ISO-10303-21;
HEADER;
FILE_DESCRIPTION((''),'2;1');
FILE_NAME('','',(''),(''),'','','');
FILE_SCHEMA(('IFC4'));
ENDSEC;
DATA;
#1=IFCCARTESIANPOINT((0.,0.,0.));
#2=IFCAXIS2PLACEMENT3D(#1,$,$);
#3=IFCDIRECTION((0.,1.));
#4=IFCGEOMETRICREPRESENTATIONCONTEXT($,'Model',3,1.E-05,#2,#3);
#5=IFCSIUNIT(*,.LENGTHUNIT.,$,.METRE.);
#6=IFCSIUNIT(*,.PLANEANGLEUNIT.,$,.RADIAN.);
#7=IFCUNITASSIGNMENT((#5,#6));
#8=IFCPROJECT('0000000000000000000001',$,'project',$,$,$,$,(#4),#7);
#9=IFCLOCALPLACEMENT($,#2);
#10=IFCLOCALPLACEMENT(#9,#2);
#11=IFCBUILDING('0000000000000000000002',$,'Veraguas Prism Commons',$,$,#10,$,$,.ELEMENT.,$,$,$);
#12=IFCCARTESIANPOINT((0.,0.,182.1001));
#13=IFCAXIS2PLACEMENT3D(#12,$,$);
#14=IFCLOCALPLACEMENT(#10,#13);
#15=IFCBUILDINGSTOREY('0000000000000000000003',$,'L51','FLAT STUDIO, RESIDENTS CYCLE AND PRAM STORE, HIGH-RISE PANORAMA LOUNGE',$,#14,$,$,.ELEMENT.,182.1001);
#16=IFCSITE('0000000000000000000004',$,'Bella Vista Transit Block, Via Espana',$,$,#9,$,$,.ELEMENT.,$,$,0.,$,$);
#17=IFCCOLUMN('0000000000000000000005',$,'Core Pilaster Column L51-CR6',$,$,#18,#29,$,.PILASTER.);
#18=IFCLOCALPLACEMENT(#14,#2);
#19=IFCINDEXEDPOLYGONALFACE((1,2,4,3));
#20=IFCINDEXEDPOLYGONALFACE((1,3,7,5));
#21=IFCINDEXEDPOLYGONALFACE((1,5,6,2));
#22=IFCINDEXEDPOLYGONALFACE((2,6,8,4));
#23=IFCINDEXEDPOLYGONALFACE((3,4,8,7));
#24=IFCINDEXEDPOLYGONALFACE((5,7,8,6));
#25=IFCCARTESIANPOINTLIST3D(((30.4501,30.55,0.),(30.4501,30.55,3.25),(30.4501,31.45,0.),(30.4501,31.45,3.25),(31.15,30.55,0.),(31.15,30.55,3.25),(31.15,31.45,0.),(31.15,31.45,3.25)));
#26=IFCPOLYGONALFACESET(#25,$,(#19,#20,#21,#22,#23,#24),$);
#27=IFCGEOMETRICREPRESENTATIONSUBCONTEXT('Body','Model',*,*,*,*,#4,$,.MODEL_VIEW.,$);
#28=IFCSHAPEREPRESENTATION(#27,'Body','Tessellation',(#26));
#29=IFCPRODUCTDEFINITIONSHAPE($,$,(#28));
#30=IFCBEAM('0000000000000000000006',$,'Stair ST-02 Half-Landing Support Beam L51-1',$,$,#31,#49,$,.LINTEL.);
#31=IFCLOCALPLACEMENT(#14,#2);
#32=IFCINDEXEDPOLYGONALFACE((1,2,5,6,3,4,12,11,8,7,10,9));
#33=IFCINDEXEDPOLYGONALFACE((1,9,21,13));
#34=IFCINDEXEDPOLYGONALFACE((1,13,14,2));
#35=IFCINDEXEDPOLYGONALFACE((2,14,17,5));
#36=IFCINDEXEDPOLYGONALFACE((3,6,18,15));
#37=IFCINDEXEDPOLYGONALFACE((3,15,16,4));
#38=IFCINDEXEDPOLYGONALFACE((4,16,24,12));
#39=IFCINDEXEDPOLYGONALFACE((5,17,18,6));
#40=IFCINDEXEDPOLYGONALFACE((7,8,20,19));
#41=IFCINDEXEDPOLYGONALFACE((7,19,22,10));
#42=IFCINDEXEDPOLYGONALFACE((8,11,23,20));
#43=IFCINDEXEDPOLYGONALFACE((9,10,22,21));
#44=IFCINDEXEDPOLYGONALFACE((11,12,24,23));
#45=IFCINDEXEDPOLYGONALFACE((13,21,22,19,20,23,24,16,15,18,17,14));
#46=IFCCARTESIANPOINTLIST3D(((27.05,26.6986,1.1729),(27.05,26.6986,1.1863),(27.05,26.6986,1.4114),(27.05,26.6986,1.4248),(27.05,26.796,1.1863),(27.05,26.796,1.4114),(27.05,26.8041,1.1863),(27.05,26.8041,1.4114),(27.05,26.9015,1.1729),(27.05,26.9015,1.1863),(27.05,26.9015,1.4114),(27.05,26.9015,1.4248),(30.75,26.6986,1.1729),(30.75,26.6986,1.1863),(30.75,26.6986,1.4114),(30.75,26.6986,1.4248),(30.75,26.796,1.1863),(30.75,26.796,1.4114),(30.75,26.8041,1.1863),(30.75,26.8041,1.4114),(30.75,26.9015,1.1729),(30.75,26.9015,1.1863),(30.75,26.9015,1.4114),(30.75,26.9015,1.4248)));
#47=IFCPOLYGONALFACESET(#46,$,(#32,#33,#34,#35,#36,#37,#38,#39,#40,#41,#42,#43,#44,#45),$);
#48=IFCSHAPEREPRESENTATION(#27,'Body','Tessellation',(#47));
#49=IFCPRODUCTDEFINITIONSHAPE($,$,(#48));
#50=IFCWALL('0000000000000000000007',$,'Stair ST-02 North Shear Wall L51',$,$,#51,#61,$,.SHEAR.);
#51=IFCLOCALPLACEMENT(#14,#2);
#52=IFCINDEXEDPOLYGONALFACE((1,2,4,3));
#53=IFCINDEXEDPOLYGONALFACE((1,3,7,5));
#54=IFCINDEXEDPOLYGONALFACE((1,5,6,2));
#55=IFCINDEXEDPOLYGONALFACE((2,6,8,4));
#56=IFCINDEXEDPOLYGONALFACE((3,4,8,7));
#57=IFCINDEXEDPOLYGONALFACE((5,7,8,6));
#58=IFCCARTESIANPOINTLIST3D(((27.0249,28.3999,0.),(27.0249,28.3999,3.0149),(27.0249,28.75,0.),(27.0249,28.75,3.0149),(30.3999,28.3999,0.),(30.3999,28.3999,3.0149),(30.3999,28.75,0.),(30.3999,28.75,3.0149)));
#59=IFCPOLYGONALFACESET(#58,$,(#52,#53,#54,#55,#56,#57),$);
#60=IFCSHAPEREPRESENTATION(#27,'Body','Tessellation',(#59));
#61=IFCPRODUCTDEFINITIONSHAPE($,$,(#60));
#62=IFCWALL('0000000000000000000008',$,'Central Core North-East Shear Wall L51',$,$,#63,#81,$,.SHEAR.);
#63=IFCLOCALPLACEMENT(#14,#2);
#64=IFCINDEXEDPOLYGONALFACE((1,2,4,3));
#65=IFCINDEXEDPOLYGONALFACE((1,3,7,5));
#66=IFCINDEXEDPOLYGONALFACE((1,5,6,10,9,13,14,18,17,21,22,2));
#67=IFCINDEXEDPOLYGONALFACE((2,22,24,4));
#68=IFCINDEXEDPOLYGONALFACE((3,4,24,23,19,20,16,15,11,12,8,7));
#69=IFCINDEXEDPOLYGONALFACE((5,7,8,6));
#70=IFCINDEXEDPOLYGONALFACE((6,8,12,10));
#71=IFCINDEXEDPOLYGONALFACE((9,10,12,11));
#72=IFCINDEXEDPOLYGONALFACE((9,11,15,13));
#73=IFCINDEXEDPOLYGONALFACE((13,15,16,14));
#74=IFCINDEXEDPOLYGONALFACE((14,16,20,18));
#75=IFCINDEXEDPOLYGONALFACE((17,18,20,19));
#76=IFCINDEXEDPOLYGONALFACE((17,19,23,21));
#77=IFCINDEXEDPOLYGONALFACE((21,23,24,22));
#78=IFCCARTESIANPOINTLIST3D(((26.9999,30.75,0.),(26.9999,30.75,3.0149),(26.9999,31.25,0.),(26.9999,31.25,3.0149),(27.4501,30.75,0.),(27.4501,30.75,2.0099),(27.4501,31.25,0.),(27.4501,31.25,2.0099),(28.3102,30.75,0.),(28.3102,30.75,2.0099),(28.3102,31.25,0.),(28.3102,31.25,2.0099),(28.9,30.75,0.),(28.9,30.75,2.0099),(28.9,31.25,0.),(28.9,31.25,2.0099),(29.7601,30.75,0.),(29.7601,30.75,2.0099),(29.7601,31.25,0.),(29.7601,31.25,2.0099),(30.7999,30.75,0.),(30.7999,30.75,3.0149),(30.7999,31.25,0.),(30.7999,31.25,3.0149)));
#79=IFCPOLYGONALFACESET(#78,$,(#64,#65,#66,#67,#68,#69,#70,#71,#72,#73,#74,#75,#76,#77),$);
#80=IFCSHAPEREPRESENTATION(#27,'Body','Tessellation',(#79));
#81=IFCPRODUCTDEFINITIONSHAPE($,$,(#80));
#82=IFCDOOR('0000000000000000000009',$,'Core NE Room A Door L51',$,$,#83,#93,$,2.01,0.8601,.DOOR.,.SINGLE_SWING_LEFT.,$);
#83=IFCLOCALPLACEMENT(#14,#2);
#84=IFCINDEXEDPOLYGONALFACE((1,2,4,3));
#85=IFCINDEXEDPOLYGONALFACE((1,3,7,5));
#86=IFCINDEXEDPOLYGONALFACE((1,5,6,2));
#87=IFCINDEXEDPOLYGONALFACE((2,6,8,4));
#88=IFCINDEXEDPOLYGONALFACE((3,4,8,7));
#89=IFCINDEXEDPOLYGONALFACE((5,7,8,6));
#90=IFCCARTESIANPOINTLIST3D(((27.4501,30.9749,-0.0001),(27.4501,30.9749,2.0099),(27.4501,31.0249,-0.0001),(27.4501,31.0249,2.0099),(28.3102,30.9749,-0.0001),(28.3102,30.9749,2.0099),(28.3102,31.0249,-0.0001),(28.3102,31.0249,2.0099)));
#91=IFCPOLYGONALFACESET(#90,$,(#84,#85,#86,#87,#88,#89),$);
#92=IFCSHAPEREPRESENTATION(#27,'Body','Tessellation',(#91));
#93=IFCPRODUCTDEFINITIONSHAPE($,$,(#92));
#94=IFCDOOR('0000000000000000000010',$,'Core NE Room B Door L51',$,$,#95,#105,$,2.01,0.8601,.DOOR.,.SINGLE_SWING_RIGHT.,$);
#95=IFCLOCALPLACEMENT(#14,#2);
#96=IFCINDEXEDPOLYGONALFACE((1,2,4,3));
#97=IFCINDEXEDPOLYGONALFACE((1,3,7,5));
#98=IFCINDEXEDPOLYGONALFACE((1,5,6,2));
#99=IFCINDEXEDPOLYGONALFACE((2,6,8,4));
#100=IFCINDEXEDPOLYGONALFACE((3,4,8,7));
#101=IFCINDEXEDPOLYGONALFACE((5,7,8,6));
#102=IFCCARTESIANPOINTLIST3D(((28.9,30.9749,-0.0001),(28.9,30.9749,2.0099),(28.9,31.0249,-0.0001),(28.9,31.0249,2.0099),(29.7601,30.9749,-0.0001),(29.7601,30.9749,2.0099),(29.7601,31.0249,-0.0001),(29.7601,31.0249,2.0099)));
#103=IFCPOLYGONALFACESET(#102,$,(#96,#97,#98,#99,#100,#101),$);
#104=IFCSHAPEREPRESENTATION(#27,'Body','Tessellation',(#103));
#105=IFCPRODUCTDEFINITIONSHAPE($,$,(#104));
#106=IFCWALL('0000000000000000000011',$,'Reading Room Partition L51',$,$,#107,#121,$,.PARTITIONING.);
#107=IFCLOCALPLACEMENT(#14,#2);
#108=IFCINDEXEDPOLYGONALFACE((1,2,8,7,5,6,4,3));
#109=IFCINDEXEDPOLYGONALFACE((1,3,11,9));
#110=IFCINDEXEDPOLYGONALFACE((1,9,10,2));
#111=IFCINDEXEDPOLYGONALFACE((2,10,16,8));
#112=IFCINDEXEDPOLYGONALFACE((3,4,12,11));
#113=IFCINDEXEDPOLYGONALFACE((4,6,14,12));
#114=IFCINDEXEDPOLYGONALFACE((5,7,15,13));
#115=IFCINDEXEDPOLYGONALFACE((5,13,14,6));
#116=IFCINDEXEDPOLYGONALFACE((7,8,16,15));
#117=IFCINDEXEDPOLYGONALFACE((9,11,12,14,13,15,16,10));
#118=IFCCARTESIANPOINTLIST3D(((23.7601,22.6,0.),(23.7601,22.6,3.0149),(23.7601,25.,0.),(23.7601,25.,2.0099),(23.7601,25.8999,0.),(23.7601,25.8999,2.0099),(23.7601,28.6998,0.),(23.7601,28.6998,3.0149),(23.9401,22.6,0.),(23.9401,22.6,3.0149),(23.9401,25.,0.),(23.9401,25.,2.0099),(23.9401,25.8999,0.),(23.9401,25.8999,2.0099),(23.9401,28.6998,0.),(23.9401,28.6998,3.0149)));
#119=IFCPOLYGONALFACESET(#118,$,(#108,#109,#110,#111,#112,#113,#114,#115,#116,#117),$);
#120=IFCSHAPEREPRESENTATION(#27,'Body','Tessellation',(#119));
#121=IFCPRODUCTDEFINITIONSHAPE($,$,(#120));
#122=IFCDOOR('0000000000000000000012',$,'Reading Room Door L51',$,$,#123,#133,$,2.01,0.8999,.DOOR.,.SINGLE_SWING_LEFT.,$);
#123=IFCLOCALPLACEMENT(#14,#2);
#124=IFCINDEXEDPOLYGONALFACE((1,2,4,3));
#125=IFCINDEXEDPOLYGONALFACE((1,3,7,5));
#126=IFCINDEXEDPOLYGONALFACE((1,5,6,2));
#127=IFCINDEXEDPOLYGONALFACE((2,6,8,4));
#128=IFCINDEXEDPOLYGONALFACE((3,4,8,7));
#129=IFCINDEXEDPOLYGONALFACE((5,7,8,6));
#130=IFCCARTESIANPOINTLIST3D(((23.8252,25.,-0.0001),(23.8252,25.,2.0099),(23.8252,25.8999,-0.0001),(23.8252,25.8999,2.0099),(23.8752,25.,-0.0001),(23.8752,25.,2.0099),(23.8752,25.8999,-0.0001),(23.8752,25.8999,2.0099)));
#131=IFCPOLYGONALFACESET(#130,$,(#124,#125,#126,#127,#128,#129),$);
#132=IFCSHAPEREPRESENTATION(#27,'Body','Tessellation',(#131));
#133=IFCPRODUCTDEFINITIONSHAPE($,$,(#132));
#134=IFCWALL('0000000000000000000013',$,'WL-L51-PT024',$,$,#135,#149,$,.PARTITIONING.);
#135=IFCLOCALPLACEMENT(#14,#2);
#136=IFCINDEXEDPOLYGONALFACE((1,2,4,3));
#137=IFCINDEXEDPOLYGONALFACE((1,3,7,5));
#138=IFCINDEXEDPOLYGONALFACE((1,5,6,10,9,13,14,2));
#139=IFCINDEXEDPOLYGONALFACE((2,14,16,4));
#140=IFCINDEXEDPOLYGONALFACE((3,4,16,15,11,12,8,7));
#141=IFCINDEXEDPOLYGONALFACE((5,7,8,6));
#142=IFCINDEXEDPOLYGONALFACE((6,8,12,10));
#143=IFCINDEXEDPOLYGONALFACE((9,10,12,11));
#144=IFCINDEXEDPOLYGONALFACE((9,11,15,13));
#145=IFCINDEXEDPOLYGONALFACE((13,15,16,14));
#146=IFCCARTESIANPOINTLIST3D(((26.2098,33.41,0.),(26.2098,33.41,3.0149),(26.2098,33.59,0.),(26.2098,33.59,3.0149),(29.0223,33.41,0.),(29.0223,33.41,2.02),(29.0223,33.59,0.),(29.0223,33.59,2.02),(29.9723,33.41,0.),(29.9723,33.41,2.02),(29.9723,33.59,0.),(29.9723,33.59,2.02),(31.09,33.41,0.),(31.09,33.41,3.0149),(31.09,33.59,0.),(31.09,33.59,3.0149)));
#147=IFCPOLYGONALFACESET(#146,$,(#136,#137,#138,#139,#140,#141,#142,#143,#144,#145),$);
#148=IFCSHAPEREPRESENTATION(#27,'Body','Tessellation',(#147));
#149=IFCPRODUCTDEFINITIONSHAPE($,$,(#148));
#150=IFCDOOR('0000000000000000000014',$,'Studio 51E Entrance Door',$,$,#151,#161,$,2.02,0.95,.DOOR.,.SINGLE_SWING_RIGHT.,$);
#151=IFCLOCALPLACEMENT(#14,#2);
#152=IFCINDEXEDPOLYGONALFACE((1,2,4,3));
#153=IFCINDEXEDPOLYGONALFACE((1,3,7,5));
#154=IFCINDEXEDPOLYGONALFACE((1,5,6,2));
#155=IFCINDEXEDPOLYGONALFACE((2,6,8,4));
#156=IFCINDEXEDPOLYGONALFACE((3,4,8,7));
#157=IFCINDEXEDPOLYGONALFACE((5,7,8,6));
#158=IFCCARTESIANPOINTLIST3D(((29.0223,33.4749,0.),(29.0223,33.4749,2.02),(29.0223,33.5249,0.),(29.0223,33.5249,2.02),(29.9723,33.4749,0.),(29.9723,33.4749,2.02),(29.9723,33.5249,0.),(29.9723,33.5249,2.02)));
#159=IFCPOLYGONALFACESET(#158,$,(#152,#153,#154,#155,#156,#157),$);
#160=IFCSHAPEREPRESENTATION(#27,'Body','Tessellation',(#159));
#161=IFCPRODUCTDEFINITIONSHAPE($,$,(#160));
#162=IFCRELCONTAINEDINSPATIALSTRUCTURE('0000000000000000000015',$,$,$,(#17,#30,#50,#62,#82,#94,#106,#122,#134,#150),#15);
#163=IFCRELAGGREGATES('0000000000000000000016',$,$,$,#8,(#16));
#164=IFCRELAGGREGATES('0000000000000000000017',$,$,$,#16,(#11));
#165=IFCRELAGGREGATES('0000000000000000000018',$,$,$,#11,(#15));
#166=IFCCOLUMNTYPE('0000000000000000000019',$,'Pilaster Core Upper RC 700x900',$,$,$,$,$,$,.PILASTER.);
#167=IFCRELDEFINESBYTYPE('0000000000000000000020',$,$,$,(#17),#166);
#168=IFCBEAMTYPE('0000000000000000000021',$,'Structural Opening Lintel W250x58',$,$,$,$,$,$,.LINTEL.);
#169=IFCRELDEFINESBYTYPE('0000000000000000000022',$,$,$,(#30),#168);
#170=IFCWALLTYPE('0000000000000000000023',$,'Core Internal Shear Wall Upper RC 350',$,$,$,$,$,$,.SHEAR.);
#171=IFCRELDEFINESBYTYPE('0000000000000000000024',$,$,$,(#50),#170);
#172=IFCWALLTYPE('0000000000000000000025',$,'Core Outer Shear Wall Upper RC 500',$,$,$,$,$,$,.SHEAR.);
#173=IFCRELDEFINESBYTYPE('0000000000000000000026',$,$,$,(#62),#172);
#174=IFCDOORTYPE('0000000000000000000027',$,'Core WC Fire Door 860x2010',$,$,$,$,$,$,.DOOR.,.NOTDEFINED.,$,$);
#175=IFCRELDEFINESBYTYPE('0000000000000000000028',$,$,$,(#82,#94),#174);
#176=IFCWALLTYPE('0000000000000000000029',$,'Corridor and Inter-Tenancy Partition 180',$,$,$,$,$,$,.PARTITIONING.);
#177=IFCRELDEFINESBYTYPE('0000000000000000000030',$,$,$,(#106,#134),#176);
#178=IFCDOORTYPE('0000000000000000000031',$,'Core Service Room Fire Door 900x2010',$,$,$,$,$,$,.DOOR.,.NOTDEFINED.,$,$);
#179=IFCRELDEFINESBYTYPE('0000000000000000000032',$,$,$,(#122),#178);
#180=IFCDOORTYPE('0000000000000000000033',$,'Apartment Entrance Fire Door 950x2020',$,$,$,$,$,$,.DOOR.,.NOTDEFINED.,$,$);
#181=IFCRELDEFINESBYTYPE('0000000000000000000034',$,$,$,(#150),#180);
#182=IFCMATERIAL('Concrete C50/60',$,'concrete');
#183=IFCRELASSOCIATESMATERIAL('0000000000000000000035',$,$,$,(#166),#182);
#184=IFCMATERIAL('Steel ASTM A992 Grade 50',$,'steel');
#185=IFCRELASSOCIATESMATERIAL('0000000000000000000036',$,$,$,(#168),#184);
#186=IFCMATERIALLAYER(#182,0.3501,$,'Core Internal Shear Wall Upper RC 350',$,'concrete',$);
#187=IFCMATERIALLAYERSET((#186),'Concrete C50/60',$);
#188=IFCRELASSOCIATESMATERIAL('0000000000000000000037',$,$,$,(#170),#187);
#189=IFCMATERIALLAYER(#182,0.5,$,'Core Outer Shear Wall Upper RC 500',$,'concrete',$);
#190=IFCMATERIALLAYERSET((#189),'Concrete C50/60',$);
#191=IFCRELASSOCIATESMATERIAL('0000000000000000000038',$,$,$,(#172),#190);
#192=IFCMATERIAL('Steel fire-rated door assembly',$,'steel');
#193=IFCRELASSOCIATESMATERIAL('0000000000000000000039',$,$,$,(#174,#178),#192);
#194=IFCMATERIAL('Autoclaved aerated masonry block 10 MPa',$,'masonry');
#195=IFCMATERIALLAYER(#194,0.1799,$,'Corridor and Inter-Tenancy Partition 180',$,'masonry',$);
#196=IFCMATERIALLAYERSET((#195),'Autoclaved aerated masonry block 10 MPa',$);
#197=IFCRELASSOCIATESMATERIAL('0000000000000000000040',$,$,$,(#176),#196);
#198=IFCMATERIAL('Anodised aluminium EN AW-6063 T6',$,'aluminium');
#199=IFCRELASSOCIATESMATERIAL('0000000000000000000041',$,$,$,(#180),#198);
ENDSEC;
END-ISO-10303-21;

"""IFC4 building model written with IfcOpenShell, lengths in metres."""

from ifc_helpers import new_model, si_unit, direction, frame, frame_2d, origin, origin_2d, place, context, subcontext, project, spatial, rectangle, i_section, extrude, source, transform, mapped, material, layer, layer_set, material_profile, profile_set, type_object, element, fill, save


model = new_model("IFC4")

# Units and contexts
model_context = context("Model", 3, precision=1e-05, world=origin(), true_north=direction((0.0, 1.0)))
body_context = subcontext(model_context, "Body", "Model", "MODEL_VIEW")
ifc_project = project(units=[si_unit("LENGTHUNIT", "METRE"), si_unit("PLANEANGLEUNIT", "RADIAN")], contexts=[model_context])

# Site, building, storey
site_placement = place(None, origin())
site = spatial("IfcSite", under=ifc_project, at=site_placement, Name="Bella Vista Transit Block, Via Espana", CompositionType="ELEMENT", RefElevation=0.0)
building_placement = place(site_placement, origin())
building = spatial("IfcBuilding", under=site, at=building_placement, Name="Veraguas Prism Commons", CompositionType="ELEMENT")
storey_placement = place(building_placement, frame((0.0, 0.0, 182.1001)))
storey = spatial("IfcBuildingStorey", under=building, at=storey_placement, Name="L51", Description="FLAT STUDIO, RESIDENTS CYCLE AND PRAM STORE, HIGH-RISE PANORAMA LOUNGE", CompositionType="ELEMENT", Elevation=182.1001)

# Column
ifc_material_1 = material(Name="Concrete C50/60", Category="concrete")
ifc_material_profile_1 = material_profile(ifc_material_1, rectangle(XDim=0.7, YDim=0.8999, at=origin_2d()), Name="RC700X900")
ifc_profile_set_1 = profile_set([ifc_material_profile_1], Name="Concrete C50/60")
column_type = type_object("IfcColumnType", Name="Pilaster Core Upper RC 700x900", PredefinedType="PILASTER", material=ifc_profile_set_1)
column_placement = place(storey_placement, frame((30.8, 31.0, 0.0), z_axis=(0.0, 0.0, 1.0), x_axis=(1.0, 0.0, 0.0)))
element("IfcColumn", 1, at=column_placement, inside=storey, type_object=column_type, Name="Core Pilaster Column L51-CR6", PredefinedType="PILASTER", context=body_context, shape_type="SweptSolid", body=[
    extrude(rectangle(XDim=0.7, YDim=0.8999, at=origin_2d()), origin(), (0.0, 0.0, 1.0), 3.25),
])

# Beam
ifc_material_2 = material(Name="Steel ASTM A992 Grade 50", Category="steel")
ifc_material_profile_2 = material_profile(ifc_material_2, i_section(OverallWidth=0.2029, OverallDepth=0.252, WebThickness=0.0081, FlangeThickness=0.0134, at=origin_2d()), Name="W250X58")
ifc_profile_set_2 = profile_set([ifc_material_profile_2], Name="Steel ASTM A992 Grade 50")
beam_type = type_object("IfcBeamType", Name="Structural Opening Lintel W250x58", PredefinedType="LINTEL", material=ifc_profile_set_2)
beam_placement = place(storey_placement, frame((27.05, 26.8, 1.2988), z_axis=(1.0, 0.0, 0.0), x_axis=(0.0, 1.0, 0.0)))
element("IfcBeam", 2, at=beam_placement, inside=storey, type_object=beam_type, Name="Stair ST-02 Half-Landing Support Beam L51-1", PredefinedType="LINTEL", context=body_context, shape_type="SweptSolid", body=[
    extrude(i_section(OverallWidth=0.2029, OverallDepth=0.252, WebThickness=0.0081, FlangeThickness=0.0134, at=origin_2d()), origin(), (0.0, 0.0, 1.0), 3.7),
])

# Wall
ifc_layer_1 = layer(ifc_material_1, 0.3501, Name="Core Internal Shear Wall Upper RC 350", Category="concrete")
ifc_layer_set_1 = layer_set([ifc_layer_1], Name="Concrete C50/60")
wall_type_1 = type_object("IfcWallType", Name="Core Internal Shear Wall Upper RC 350", PredefinedType="SHEAR", material=ifc_layer_set_1)
wall_1_placement = place(storey_placement, frame((27.0249, 28.575, 0.0), z_axis=(0.0, 0.0, 1.0), x_axis=(1.0, 0.0, 0.0)))
element("IfcWall", 3, at=wall_1_placement, inside=storey, type_object=wall_type_1, Name="Stair ST-02 North Shear Wall L51", PredefinedType="SHEAR", context=body_context, shape_type="SweptSolid", body=[
    extrude(rectangle(XDim=3.375, YDim=0.3501, at=frame_2d((1.6875, 0.0))), origin(), (0.0, 0.0, 1.0), 3.0149),
])

# Wall, openings, doors
ifc_layer_2 = layer(ifc_material_1, 0.5, Name="Core Outer Shear Wall Upper RC 500", Category="concrete")
ifc_layer_set_2 = layer_set([ifc_layer_2], Name="Concrete C50/60")
wall_type_2 = type_object("IfcWallType", Name="Core Outer Shear Wall Upper RC 500", PredefinedType="SHEAR", material=ifc_layer_set_2)
wall_2_placement = place(storey_placement, frame((27.0, 31.0, 0.0), z_axis=(0.0, 0.0, 1.0), x_axis=(1.0, 0.0, 0.0)))
wall_2 = element("IfcWall", 4, at=wall_2_placement, inside=storey, type_object=wall_type_2, Name="Central Core North-East Shear Wall L51", PredefinedType="SHEAR", context=body_context, shape_type="SweptSolid", body=[
    extrude(rectangle(XDim=3.8, YDim=0.5, at=frame_2d((1.8999, 0.0))), origin(), (0.0, 0.0, 1.0), 3.0149),
])
opening_1_placement = place(wall_2_placement, frame((0.45, 0.0, 0.0)))
opening_1 = element("IfcOpeningElement", 5, at=opening_1_placement, cuts=wall_2, PredefinedType="OPENING", context=body_context, shape_type="SweptSolid", body=[
    extrude(rectangle(XDim=0.8601, YDim=2.01, at=frame_2d((0.4302, 1.0049))), frame((0.0, 0.26, 0.0), z_axis=(0.0, -1.0, 0.0), x_axis=(1.0, 0.0, 0.0)), (0.0, 0.0, 1.0), 0.52),
])
opening_2_placement = place(wall_2_placement, frame((1.8999, 0.0, 0.0)))
opening_2 = element("IfcOpeningElement", 6, at=opening_2_placement, cuts=wall_2, PredefinedType="OPENING", context=body_context, shape_type="SweptSolid", body=[
    extrude(rectangle(XDim=0.8601, YDim=2.01, at=frame_2d((0.4302, 1.0049))), frame((0.0, 0.26, 0.0), z_axis=(0.0, -1.0, 0.0), x_axis=(1.0, 0.0, 0.0)), (0.0, 0.0, 1.0), 0.52),
])
ifc_material_3 = material(Name="Steel fire-rated door assembly", Category="steel")
door_type_1 = type_object("IfcDoorType", Name="Core WC Fire Door 860x2010", OperationType="NOTDEFINED", PredefinedType="DOOR", material=ifc_material_3)
shared_shape_1 = source(origin(), body_context, "Body", "SweptSolid", [
    extrude(rectangle(XDim=0.8601, YDim=2.01, at=frame_2d((0.4302, 1.0049))), frame((0.0, 0.0249, 0.0), z_axis=(0.0, -1.0, 0.0), x_axis=(1.0, 0.0, 0.0)), (0.0, 0.0, 1.0), 0.05),
])
door_1_placement = place(opening_1_placement, origin())
door_1 = element("IfcDoor", 7, at=door_1_placement, inside=storey, type_object=door_type_1, Name="Core NE Room A Door L51", OperationType="SINGLE_SWING_LEFT", OverallHeight=2.01, OverallWidth=0.8601, PredefinedType="DOOR", context=body_context, shape_type="MappedRepresentation", body=[
    mapped(shared_shape_1, transform((0.0, 0.0, 0.0), scale=1.0)),
])
fill(opening_1, door_1)
door_2_placement = place(opening_2_placement, origin())
door_2 = element("IfcDoor", 8, at=door_2_placement, inside=storey, type_object=door_type_1, Name="Core NE Room B Door L51", OperationType="SINGLE_SWING_RIGHT", OverallHeight=2.01, OverallWidth=0.8601, PredefinedType="DOOR", context=body_context, shape_type="MappedRepresentation", body=[
    mapped(shared_shape_1, transform((0.0, 0.0, 0.0), scale=1.0)),
])
fill(opening_2, door_2)

# Walls, openings, doors
ifc_material_4 = material(Name="Autoclaved aerated masonry block 10 MPa", Category="masonry")
ifc_layer_3 = layer(ifc_material_4, 0.1799, Name="Corridor and Inter-Tenancy Partition 180", Category="masonry")
ifc_layer_set_3 = layer_set([ifc_layer_3], Name="Autoclaved aerated masonry block 10 MPa")
wall_type_3 = type_object("IfcWallType", Name="Corridor and Inter-Tenancy Partition 180", PredefinedType="PARTITIONING", material=ifc_layer_set_3)
wall_3_placement = place(storey_placement, frame((23.8501, 22.6001, 0.0), z_axis=(0.0, 0.0, 1.0), x_axis=(0.0, 1.0, 0.0)))
wall_3 = element("IfcWall", 9, at=wall_3_placement, inside=storey, type_object=wall_type_3, Name="Reading Room Partition L51", PredefinedType="PARTITIONING", context=body_context, shape_type="SweptSolid", body=[
    extrude(rectangle(XDim=6.0999, YDim=0.1799, at=frame_2d((3.0498, 0.0))), origin(), (0.0, 0.0, 1.0), 3.0149),
])
opening_3_placement = place(wall_3_placement, frame((2.3999, 0.0, 0.0)))
opening_3 = element("IfcOpeningElement", 10, at=opening_3_placement, cuts=wall_3, PredefinedType="OPENING", context=body_context, shape_type="SweptSolid", body=[
    extrude(rectangle(XDim=0.8999, YDim=2.01, at=frame_2d((0.45, 1.0049))), frame((0.0, 0.0999, 0.0), z_axis=(0.0, -1.0, 0.0), x_axis=(1.0, 0.0, 0.0)), (0.0, 0.0, 1.0), 0.2),
])
door_type_2 = type_object("IfcDoorType", Name="Core Service Room Fire Door 900x2010", OperationType="NOTDEFINED", PredefinedType="DOOR", material=ifc_material_3)
shared_shape_2 = source(origin(), body_context, "Body", "SweptSolid", [
    extrude(rectangle(XDim=0.8999, YDim=2.01, at=frame_2d((0.45, 1.0049))), frame((0.0, 0.0249, 0.0), z_axis=(0.0, -1.0, 0.0), x_axis=(1.0, 0.0, 0.0)), (0.0, 0.0, 1.0), 0.05),
])
door_3_placement = place(opening_3_placement, origin())
door_3 = element("IfcDoor", 11, at=door_3_placement, inside=storey, type_object=door_type_2, Name="Reading Room Door L51", OperationType="SINGLE_SWING_LEFT", OverallHeight=2.01, OverallWidth=0.8999, PredefinedType="DOOR", context=body_context, shape_type="MappedRepresentation", body=[
    mapped(shared_shape_2, transform((0.0, 0.0, 0.0), scale=1.0)),
])
fill(opening_3, door_3)
wall_4_placement = place(storey_placement, frame((26.21, 33.5, 0.0), z_axis=(0.0, 0.0, 1.0), x_axis=(1.0, 0.0, 0.0)))
wall_4 = element("IfcWall", 12, at=wall_4_placement, inside=storey, type_object=wall_type_3, Name="WL-L51-PT024", PredefinedType="PARTITIONING", context=body_context, shape_type="SweptSolid", body=[
    extrude(rectangle(XDim=4.8801, YDim=0.1799, at=frame_2d((2.4399, 0.0))), origin(), (0.0, 0.0, 1.0), 3.0149),
])
opening_4_placement = place(wall_4_placement, frame((2.8123, 0.0, 0.0)))
opening_4 = element("IfcOpeningElement", 13, at=opening_4_placement, cuts=wall_4, PredefinedType="OPENING", context=body_context, shape_type="SweptSolid", body=[
    extrude(rectangle(XDim=0.95, YDim=2.02, at=frame_2d((0.4751, 1.01))), frame((0.0, 0.0999, 0.0), z_axis=(0.0, -1.0, 0.0), x_axis=(1.0, 0.0, 0.0)), (0.0, 0.0, 1.0), 0.2),
])
ifc_material_5 = material(Name="Anodised aluminium EN AW-6063 T6", Category="aluminium")
door_type_3 = type_object("IfcDoorType", Name="Apartment Entrance Fire Door 950x2020", OperationType="NOTDEFINED", PredefinedType="DOOR", material=ifc_material_5)
shared_shape_3 = source(origin(), body_context, "Body", "SweptSolid", [
    extrude(rectangle(XDim=0.95, YDim=2.02, at=frame_2d((0.4751, 1.01))), frame((0.0, 0.0249, 0.0), z_axis=(0.0, -1.0, 0.0), x_axis=(1.0, 0.0, 0.0)), (0.0, 0.0, 1.0), 0.05),
])
door_4_placement = place(opening_4_placement, origin())
door_4 = element("IfcDoor", 14, at=door_4_placement, inside=storey, type_object=door_type_3, Name="Studio 51E Entrance Door", OperationType="SINGLE_SWING_RIGHT", OverallHeight=2.02, OverallWidth=0.95, PredefinedType="DOOR", context=body_context, shape_type="MappedRepresentation", body=[
    mapped(shared_shape_3, transform((0.0, 0.0, 0.0), scale=1.0)),
])
fill(opening_4, door_4)

save(model, "model.ifc")
